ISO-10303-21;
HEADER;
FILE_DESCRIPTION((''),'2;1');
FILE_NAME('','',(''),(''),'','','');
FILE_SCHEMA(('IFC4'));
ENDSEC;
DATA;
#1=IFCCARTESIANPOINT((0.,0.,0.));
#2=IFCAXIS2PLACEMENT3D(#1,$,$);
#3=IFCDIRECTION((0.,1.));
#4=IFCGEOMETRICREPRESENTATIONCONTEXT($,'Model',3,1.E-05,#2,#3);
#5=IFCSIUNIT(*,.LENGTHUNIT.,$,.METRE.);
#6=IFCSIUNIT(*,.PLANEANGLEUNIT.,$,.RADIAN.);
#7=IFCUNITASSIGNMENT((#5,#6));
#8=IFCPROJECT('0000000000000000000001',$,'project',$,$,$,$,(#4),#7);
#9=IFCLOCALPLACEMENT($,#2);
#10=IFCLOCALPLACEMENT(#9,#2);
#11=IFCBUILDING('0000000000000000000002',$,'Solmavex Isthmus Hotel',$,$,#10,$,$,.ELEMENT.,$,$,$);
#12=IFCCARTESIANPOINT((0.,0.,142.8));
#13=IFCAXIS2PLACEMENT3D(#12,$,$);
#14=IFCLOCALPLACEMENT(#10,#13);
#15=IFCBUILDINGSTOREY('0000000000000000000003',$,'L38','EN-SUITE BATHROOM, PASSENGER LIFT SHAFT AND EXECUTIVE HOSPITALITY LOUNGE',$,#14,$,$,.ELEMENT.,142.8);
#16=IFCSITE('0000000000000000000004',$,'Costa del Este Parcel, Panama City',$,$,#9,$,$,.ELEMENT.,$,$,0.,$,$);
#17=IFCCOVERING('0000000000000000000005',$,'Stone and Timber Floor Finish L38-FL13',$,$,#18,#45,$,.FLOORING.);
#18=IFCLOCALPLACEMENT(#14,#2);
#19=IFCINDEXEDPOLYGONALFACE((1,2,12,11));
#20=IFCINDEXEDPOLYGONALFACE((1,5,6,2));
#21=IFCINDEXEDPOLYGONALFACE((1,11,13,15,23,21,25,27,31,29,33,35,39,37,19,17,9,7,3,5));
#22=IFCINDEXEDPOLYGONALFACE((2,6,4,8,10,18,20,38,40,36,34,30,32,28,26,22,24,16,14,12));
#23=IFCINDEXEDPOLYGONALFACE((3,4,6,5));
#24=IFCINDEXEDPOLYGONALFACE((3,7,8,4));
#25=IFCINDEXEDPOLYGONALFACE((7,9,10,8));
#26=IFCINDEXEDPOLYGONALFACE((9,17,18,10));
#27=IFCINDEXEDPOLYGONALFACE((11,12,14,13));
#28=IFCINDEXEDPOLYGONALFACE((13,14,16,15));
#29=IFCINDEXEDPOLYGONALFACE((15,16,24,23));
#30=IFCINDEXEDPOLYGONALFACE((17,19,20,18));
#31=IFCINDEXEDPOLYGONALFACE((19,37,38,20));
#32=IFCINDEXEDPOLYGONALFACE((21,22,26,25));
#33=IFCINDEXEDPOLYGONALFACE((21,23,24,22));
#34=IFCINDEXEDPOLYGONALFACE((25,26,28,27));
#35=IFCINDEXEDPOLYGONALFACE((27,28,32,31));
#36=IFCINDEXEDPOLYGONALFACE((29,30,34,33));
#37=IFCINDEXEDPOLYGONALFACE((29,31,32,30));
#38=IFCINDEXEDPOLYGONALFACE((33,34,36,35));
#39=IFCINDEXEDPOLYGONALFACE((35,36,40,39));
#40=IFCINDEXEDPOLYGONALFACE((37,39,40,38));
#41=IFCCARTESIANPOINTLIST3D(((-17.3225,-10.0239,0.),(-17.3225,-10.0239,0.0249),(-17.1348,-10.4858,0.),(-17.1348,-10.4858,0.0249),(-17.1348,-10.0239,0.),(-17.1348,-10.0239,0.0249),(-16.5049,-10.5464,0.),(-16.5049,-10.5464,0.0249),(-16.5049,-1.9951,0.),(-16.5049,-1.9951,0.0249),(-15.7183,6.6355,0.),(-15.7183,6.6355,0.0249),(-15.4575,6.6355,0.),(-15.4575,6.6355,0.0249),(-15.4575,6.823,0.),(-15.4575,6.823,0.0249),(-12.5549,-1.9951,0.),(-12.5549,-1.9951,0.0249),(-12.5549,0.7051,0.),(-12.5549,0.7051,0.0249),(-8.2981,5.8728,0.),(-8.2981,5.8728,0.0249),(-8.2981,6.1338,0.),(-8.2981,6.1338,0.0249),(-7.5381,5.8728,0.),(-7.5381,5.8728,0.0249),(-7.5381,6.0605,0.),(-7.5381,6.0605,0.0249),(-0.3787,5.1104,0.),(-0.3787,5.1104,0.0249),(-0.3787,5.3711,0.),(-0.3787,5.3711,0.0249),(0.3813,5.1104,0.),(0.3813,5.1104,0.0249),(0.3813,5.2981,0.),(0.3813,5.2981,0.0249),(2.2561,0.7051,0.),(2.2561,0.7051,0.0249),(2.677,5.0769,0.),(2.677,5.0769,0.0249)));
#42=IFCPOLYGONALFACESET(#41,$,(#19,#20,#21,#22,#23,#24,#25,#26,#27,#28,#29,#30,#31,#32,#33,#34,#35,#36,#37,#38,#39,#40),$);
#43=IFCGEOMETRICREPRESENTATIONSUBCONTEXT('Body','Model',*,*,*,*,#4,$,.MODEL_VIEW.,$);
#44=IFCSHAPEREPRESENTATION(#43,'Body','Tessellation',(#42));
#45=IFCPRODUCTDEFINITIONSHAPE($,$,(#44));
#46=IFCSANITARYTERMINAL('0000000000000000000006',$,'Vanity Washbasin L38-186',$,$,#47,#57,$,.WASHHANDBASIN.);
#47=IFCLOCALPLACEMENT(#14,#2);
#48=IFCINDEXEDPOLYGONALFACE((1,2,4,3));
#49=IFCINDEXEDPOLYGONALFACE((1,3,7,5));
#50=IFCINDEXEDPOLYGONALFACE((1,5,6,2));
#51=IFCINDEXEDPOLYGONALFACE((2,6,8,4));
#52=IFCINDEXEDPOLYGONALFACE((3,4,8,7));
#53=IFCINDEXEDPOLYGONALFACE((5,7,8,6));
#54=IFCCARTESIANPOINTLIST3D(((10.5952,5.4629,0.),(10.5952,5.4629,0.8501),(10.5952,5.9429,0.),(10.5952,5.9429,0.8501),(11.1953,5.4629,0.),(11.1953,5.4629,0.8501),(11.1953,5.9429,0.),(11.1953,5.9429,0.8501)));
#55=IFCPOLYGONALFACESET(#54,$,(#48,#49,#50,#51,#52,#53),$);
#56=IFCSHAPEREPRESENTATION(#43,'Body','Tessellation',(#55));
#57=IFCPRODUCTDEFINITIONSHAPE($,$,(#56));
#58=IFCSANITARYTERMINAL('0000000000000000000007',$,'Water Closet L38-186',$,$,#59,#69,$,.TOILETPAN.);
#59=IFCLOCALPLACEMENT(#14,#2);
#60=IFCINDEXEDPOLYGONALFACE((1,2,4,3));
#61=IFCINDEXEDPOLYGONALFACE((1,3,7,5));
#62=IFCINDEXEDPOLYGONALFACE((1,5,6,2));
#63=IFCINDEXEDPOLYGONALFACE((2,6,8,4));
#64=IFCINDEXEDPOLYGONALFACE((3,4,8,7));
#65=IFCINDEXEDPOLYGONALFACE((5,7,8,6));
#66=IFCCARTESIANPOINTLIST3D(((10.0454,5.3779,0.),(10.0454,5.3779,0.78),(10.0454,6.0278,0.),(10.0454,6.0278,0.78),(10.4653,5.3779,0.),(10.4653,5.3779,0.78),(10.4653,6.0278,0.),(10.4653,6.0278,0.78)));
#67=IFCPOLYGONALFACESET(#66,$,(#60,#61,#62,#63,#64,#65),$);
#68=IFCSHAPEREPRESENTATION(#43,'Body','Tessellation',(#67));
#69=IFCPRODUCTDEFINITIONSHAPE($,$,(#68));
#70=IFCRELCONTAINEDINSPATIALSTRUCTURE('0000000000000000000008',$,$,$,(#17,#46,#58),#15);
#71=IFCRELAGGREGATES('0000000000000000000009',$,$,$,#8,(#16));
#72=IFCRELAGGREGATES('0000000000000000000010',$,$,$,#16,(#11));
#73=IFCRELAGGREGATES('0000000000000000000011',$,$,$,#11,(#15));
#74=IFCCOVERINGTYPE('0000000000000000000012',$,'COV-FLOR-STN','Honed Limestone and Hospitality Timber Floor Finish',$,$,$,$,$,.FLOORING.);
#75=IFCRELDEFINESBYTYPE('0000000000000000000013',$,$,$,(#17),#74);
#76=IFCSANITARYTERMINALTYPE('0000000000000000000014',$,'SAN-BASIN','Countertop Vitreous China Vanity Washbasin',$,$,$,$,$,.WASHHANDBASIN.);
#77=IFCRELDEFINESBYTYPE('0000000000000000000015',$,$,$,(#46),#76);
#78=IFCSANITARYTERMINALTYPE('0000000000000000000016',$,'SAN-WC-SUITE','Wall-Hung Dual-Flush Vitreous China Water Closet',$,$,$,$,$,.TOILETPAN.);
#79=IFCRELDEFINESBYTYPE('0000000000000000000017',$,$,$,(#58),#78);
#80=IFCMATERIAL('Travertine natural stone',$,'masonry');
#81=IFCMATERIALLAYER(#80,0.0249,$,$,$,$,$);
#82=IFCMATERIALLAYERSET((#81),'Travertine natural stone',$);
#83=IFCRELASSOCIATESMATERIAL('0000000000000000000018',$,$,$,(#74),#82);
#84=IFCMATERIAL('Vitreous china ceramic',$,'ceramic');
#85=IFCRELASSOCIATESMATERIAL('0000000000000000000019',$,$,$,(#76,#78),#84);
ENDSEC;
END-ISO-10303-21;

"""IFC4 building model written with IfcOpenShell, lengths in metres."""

from ifc_helpers import new_model, si_unit, direction, frame, origin, origin_2d, place, context, subcontext, project, spatial, polyline, rectangle, outline, extrude, material, layer, layer_set, type_object, element, save


model = new_model("IFC4")

# Units and contexts
model_context = context("Model", 3, precision=1e-05, world=origin(), true_north=direction((0.0, 1.0)))
body_context = subcontext(model_context, "Body", "Model", "MODEL_VIEW")
ifc_project = project(units=[si_unit("LENGTHUNIT", "METRE"), si_unit("PLANEANGLEUNIT", "RADIAN")], contexts=[model_context])

# Site, building, storey
site_placement = place(None, origin())
site = spatial("IfcSite", under=ifc_project, at=site_placement, Name="Costa del Este Parcel, Panama City", CompositionType="ELEMENT", RefElevation=0.0)
building_placement = place(site_placement, origin())
building = spatial("IfcBuilding", under=site, at=building_placement, Name="Solmavex Isthmus Hotel", CompositionType="ELEMENT")
storey_placement = place(building_placement, frame((0.0, 0.0, 142.8)))
storey = spatial("IfcBuildingStorey", under=building, at=storey_placement, Name="L38", Description="EN-SUITE BATHROOM, PASSENGER LIFT SHAFT AND EXECUTIVE HOSPITALITY LOUNGE", CompositionType="ELEMENT", Elevation=142.8)

# Covering
ifc_material_1 = material(Name="Travertine natural stone", Category="masonry")
ifc_layer_1 = layer(ifc_material_1, 0.0249)
ifc_layer_set_1 = layer_set([ifc_layer_1], Name="Travertine natural stone")
covering_type_1 = type_object("IfcCoveringType", Name="COV-FLOR-STN", Description="Honed Limestone and Hospitality Timber Floor Finish", PredefinedType="FLOORING", material=ifc_layer_set_1)
covering_1_placement = place(storey_placement, origin())
element("IfcCovering", 1, at=covering_1_placement, inside=storey, type_object=covering_type_1, Name="Stone and Timber Floor Finish L38-FL13", PredefinedType="FLOORING", context=body_context, shape_type="SweptSolid", body=[
    extrude(outline(polyline([(-17.3225, -10.0239), (-17.1348, -10.0239), (-17.1348, -10.4858), (-16.5049, -10.5464), (-16.5049, -1.9951), (-12.5549, -1.9951), (-12.5549, 0.7051), (2.2561, 0.7051), (2.677, 5.0769), (0.3813, 5.2981), (0.3813, 5.1104), (-0.3787, 5.1104), (-0.3787, 5.3711), (-7.5381, 6.0605), (-7.5381, 5.8728), (-8.2981, 5.8728), (-8.2981, 6.1338), (-15.4575, 6.823), (-15.4575, 6.6355), (-15.7183, 6.6355), (-17.3225, -10.0239)])), origin(), (0.0, 0.0, 1.0), 0.0249),
])

# Sanitary terminals
ifc_material_2 = material(Name="Vitreous china ceramic", Category="ceramic")
sanitary_terminal_type_1 = type_object("IfcSanitaryTerminalType", Name="SAN-BASIN", Description="Countertop Vitreous China Vanity Washbasin", PredefinedType="WASHHANDBASIN", material=ifc_material_2)
sanitary_terminal_1_placement = place(storey_placement, frame((10.8953, 5.7029, 0.0), z_axis=(0.0, 0.0, 1.0), x_axis=(1.0, 0.0, 0.0)))
element("IfcSanitaryTerminal", 2, at=sanitary_terminal_1_placement, inside=storey, type_object=sanitary_terminal_type_1, Name="Vanity Washbasin L38-186", PredefinedType="WASHHANDBASIN", context=body_context, shape_type="SweptSolid", body=[
    extrude(rectangle(XDim=0.6001, YDim=0.48, at=origin_2d()), origin(), (0.0, 0.0, 1.0), 0.8501),
])
sanitary_terminal_type_2 = type_object("IfcSanitaryTerminalType", Name="SAN-WC-SUITE", Description="Wall-Hung Dual-Flush Vitreous China Water Closet", PredefinedType="TOILETPAN", material=ifc_material_2)
sanitary_terminal_2_placement = place(storey_placement, frame((10.2554, 5.7029, 0.0), z_axis=(0.0, 0.0, 1.0), x_axis=(1.0, 0.0, 0.0)))
element("IfcSanitaryTerminal", 3, at=sanitary_terminal_2_placement, inside=storey, type_object=sanitary_terminal_type_2, Name="Water Closet L38-186", PredefinedType="TOILETPAN", context=body_context, shape_type="SweptSolid", body=[
    extrude(rectangle(XDim=0.4199, YDim=0.6499, at=origin_2d()), origin(), (0.0, 0.0, 1.0), 0.78),
])

save(model, "model.ifc")
